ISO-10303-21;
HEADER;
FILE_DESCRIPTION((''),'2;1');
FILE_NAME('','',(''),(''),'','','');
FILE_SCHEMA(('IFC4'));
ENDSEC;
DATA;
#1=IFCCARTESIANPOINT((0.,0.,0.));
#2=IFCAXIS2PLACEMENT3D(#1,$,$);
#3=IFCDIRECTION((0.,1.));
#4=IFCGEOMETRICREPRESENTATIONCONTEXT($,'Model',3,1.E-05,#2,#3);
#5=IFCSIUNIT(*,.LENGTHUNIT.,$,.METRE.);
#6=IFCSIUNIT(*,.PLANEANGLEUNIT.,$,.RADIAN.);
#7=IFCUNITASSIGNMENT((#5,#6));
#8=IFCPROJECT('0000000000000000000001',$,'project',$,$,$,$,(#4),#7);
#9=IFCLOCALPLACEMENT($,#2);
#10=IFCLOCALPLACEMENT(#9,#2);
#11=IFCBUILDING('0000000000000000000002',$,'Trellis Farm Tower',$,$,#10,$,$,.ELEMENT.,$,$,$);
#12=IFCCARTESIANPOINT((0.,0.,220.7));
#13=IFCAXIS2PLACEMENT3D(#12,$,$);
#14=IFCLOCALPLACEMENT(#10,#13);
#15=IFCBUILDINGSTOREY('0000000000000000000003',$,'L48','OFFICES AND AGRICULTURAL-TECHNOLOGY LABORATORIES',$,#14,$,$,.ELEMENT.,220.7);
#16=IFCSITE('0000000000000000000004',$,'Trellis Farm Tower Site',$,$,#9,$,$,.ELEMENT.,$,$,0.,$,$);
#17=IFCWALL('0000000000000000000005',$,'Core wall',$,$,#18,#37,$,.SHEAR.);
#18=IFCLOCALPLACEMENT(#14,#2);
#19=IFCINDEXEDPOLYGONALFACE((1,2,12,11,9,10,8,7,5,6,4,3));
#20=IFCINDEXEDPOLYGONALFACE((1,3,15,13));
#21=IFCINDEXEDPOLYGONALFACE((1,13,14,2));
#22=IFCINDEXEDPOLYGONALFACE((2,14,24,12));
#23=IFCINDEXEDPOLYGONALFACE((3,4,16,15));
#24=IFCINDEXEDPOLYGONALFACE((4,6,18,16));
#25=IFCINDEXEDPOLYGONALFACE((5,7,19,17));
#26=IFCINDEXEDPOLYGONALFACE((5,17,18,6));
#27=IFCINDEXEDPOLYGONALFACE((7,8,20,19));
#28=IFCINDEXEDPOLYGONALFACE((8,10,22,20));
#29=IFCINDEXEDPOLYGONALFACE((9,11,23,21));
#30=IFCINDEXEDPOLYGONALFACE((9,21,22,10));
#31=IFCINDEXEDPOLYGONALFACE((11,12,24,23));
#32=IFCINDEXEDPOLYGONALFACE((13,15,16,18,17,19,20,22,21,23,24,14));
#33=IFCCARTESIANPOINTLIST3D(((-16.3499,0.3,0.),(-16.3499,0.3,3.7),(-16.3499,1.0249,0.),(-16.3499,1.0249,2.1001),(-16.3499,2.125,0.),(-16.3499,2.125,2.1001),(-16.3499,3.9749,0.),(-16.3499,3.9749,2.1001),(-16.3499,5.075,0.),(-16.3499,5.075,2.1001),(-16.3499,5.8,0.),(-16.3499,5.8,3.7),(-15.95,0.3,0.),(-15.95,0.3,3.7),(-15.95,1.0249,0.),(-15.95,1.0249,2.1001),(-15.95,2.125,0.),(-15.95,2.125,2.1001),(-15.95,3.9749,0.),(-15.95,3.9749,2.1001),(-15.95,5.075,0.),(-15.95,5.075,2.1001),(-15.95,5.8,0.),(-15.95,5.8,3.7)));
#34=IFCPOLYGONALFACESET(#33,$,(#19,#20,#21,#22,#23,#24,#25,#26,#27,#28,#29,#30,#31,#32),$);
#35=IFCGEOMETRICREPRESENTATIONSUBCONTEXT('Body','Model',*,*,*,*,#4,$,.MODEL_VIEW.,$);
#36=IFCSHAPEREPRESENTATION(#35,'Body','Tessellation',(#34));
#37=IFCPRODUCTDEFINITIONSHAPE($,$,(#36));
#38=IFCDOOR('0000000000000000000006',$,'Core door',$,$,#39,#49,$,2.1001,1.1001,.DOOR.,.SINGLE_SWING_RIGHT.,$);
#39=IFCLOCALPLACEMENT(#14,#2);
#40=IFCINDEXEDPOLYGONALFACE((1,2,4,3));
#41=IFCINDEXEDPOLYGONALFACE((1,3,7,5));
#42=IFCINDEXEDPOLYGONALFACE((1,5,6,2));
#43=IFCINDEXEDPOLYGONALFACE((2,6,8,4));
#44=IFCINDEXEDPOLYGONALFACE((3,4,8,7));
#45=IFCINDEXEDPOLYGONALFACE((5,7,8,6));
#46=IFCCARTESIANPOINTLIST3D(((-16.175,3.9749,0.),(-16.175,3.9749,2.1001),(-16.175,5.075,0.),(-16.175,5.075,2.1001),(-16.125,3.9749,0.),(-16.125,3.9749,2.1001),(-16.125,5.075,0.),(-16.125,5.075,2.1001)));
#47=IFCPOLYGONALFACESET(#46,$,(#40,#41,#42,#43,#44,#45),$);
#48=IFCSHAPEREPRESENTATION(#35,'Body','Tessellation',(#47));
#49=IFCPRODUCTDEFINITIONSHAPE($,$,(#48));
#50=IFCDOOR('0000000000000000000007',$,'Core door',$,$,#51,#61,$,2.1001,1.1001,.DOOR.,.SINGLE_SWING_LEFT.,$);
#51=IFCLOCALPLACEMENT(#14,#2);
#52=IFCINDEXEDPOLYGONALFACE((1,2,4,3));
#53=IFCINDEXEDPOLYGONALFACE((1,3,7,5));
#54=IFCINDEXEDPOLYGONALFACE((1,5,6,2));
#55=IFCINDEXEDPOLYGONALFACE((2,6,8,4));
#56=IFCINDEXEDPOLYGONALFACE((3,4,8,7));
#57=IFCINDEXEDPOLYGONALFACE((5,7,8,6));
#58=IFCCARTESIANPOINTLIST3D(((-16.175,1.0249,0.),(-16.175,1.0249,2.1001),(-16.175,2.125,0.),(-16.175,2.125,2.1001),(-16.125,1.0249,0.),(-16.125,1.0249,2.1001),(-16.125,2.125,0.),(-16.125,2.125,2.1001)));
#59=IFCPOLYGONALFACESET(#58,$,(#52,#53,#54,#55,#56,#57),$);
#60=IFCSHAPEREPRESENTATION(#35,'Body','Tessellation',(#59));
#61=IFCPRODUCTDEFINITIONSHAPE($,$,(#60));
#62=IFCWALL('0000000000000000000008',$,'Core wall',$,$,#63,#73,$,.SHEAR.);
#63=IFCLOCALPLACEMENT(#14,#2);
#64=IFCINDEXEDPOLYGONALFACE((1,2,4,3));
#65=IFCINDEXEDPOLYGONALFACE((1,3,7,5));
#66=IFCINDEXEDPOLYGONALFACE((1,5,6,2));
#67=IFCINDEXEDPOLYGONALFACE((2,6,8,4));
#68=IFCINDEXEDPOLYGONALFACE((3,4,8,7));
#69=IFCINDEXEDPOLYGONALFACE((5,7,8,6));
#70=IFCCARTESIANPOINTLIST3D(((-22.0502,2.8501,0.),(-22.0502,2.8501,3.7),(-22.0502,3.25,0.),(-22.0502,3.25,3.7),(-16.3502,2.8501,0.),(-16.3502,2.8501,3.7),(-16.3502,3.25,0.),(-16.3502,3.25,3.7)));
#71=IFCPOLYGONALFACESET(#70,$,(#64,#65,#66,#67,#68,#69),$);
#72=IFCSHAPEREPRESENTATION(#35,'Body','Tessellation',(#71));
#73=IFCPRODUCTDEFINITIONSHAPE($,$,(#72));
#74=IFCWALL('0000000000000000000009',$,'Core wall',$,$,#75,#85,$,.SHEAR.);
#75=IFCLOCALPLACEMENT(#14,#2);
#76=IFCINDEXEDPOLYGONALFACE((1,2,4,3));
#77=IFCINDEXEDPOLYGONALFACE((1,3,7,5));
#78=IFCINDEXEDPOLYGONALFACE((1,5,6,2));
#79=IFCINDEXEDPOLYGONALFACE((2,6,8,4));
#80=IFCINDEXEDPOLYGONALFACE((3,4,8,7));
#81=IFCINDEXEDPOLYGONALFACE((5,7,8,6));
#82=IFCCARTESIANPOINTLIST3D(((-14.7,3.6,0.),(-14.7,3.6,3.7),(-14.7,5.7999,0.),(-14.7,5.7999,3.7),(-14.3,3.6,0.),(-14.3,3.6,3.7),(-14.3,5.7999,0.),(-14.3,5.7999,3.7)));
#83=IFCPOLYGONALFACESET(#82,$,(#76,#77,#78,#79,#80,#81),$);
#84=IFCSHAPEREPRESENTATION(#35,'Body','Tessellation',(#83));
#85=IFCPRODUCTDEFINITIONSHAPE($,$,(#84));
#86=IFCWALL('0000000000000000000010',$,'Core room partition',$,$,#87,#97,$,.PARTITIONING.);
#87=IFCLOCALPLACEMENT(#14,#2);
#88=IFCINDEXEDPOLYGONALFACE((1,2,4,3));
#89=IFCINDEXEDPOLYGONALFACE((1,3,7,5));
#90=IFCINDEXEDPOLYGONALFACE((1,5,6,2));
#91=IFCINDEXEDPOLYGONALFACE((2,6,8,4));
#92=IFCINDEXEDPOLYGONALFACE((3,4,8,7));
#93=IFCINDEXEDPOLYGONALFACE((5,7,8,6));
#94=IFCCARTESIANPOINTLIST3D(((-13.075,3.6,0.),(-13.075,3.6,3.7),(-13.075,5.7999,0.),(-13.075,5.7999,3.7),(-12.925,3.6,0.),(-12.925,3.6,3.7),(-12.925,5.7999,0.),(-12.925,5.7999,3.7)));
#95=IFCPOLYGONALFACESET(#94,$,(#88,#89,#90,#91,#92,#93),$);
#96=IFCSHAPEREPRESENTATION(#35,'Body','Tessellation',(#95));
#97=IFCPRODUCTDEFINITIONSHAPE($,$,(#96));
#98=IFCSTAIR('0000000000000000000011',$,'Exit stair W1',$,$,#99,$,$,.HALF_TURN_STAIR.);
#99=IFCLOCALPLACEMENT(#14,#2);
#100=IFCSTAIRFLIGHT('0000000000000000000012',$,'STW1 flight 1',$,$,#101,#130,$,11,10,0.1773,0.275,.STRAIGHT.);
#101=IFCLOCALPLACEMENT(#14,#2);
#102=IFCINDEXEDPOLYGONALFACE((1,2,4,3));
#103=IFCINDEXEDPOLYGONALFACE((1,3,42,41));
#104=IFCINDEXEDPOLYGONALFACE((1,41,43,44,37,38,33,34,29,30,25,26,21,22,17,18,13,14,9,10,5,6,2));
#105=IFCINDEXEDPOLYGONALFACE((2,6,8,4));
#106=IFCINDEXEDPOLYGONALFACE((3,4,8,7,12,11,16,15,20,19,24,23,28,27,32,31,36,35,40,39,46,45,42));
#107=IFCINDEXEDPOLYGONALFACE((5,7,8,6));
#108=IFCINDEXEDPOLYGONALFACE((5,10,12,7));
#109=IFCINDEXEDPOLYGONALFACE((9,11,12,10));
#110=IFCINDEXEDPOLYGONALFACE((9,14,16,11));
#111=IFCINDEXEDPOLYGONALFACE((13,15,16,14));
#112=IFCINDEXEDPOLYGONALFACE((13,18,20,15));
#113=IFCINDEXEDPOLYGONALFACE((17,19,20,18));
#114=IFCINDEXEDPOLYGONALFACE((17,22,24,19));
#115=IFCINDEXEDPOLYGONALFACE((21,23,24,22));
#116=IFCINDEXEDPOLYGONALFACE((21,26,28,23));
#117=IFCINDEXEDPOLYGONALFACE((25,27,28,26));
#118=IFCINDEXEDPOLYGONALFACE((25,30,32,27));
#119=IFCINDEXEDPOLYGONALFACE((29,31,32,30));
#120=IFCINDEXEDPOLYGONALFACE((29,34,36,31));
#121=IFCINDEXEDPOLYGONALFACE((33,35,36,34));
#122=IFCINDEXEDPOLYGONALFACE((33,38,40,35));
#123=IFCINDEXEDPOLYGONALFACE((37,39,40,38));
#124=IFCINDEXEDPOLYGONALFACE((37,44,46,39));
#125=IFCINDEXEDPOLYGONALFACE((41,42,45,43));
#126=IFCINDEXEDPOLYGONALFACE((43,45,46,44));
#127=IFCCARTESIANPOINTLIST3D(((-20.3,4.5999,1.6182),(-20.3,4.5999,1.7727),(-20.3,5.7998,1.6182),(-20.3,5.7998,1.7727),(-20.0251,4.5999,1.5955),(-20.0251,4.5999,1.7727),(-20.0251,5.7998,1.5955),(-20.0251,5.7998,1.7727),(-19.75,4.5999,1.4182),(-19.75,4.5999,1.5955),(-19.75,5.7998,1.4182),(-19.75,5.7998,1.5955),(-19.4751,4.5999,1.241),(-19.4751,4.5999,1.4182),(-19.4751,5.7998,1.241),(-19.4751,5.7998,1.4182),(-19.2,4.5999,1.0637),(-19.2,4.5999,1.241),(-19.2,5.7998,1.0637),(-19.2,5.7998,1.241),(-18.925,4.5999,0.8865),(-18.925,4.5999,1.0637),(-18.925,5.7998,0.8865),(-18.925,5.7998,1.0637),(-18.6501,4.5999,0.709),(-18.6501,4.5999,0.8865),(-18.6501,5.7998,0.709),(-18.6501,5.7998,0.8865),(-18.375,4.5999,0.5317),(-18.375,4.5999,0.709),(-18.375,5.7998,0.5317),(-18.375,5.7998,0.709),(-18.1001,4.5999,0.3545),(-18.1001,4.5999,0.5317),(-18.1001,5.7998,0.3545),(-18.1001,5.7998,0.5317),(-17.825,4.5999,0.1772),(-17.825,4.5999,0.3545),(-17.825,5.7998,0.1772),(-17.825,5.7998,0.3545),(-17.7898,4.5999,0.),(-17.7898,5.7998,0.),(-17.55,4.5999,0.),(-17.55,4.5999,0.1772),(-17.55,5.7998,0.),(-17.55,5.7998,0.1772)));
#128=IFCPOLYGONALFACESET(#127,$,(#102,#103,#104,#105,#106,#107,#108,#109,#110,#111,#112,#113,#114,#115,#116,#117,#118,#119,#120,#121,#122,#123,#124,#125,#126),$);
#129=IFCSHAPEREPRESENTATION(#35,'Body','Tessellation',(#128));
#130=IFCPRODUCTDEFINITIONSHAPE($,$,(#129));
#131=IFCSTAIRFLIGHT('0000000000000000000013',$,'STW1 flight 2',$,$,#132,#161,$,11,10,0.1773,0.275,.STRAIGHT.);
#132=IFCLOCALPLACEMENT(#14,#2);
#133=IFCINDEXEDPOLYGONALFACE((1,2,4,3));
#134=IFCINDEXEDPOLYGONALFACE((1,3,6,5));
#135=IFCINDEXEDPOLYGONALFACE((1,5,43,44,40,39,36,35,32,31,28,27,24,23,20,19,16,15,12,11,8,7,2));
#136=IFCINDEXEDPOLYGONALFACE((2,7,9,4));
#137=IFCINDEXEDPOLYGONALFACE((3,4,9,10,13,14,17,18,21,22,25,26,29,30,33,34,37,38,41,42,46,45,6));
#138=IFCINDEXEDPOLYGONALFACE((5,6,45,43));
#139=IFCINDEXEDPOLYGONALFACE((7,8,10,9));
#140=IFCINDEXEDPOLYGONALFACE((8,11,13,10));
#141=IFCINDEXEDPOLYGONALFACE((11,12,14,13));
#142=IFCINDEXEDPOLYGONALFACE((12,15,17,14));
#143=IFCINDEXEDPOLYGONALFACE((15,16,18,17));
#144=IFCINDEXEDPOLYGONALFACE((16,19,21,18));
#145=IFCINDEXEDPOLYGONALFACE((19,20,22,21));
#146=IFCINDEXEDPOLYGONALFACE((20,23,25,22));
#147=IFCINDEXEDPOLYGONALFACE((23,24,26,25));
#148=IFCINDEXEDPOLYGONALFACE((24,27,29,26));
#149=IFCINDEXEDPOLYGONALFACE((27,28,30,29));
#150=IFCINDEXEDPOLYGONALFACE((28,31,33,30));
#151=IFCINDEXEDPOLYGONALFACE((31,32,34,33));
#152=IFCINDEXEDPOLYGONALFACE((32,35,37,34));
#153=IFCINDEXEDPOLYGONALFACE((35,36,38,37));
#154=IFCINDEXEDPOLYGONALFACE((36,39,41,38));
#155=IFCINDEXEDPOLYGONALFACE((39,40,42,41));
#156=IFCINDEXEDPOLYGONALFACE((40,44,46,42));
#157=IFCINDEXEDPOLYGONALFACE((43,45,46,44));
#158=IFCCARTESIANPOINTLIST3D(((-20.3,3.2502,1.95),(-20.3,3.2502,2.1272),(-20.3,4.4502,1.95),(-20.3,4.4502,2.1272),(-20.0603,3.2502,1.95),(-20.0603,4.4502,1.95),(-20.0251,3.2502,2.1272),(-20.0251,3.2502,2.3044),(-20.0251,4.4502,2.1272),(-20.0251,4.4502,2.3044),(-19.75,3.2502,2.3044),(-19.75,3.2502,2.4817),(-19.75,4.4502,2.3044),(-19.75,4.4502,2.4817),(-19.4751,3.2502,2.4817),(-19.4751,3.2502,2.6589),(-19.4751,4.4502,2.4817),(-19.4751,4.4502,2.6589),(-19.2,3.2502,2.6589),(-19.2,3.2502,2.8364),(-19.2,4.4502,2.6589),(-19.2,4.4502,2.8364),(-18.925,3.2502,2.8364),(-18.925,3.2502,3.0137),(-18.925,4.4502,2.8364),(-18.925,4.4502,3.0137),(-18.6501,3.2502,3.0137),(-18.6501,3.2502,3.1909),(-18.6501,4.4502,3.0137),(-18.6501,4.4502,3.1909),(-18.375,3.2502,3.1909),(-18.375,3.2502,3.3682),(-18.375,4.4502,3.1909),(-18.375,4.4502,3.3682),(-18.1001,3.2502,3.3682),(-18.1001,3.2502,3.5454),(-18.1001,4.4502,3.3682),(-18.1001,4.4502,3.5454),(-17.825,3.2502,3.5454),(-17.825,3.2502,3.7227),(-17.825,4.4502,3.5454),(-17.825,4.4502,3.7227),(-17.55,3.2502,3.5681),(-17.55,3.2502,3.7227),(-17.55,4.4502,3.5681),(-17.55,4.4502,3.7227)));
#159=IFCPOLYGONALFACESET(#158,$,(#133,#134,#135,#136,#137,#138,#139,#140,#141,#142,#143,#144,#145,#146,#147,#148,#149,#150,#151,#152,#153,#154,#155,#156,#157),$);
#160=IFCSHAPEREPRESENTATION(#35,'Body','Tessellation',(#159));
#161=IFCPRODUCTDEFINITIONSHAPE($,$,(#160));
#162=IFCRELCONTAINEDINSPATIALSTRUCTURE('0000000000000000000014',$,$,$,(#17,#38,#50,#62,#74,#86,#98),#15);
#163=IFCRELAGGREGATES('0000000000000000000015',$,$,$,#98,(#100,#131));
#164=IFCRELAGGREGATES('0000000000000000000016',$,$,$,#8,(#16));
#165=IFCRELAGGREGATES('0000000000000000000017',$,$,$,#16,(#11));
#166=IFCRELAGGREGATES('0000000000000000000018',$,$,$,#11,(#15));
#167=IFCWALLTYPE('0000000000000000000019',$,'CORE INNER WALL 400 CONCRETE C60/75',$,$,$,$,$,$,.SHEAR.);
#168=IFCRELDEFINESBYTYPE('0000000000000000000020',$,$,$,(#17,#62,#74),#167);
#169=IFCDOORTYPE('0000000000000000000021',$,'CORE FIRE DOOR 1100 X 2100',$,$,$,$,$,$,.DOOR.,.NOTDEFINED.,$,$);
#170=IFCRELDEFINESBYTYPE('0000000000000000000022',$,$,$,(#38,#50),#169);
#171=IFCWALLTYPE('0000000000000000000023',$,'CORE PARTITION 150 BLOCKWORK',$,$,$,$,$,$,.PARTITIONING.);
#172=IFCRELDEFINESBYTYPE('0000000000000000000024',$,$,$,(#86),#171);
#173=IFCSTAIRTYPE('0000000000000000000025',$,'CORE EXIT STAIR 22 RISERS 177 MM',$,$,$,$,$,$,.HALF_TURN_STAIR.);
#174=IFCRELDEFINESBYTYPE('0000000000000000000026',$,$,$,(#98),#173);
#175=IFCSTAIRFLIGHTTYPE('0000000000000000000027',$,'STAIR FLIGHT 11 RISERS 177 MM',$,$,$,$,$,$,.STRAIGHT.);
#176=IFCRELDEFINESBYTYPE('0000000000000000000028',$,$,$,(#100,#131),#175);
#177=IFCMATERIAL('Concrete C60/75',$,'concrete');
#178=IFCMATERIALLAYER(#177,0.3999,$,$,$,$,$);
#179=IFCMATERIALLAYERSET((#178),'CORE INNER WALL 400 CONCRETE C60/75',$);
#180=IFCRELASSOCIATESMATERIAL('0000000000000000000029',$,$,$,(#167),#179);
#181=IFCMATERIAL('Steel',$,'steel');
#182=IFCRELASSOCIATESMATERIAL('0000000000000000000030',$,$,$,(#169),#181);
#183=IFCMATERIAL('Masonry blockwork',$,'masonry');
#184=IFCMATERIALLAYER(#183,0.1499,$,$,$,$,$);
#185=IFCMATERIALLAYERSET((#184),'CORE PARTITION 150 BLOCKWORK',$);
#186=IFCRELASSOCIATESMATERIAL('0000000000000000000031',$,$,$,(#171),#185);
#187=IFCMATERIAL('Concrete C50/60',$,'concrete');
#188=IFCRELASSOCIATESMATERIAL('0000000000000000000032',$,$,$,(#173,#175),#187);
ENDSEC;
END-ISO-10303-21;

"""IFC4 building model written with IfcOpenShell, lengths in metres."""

from ifc_helpers import new_model, si_unit, direction, frame, frame_2d, origin, place, context, subcontext, project, spatial, polyline, rectangle, outline, extrude, source, transform, mapped, material, layer, layer_set, type_object, element, fill, aggregate, save


model = new_model("IFC4")

# Units and contexts
model_context = context("Model", 3, precision=1e-05, world=origin(), true_north=direction((0.0, 1.0)))
body_context = subcontext(model_context, "Body", "Model", "MODEL_VIEW")
ifc_project = project(units=[si_unit("LENGTHUNIT", "METRE"), si_unit("PLANEANGLEUNIT", "RADIAN")], contexts=[model_context])

# Site, building, storey
site_placement = place(None, origin())
site = spatial("IfcSite", under=ifc_project, at=site_placement, Name="Trellis Farm Tower Site", CompositionType="ELEMENT", RefElevation=0.0)
building_placement = place(site_placement, origin())
building = spatial("IfcBuilding", under=site, at=building_placement, Name="Trellis Farm Tower", CompositionType="ELEMENT")
storey_placement = place(building_placement, frame((0.0, 0.0, 220.7)))
storey = spatial("IfcBuildingStorey", under=building, at=storey_placement, Name="L48", Description="OFFICES AND AGRICULTURAL-TECHNOLOGY LABORATORIES", CompositionType="ELEMENT", Elevation=220.7)

# Shared definitions
ifc_material_1 = material(Name="Concrete C60/75", Category="concrete")

# Shared definitions
placement = place(storey_placement, origin())

# Shared definitions
ifc_layer_1 = layer(ifc_material_1, 0.3999)
ifc_layer_set_1 = layer_set([ifc_layer_1], Name="CORE INNER WALL 400 CONCRETE C60/75")
wall_type_1 = type_object("IfcWallType", Name="CORE INNER WALL 400 CONCRETE C60/75", PredefinedType="SHEAR", material=ifc_layer_set_1)
ifc_material_2 = material(Name="Steel", Category="steel")

# Wall, openings, doors
shared_shape_1 = source(origin(), body_context, "Body", "SweptSolid", [
    extrude(rectangle(XDim=5.5, YDim=0.3999, at=frame_2d((2.75, 0.0))), origin(), (0.0, 0.0, 1.0), 3.7),
])
wall_1_placement = place(storey_placement, frame((-16.1499, 5.8, 0.0), z_axis=(0.0, 0.0, 1.0), x_axis=(0.0, -1.0, 0.0)))
wall_1 = element("IfcWall", 1, at=wall_1_placement, inside=storey, type_object=wall_type_1, Name="Core wall", PredefinedType="SHEAR", context=body_context, shape_type="MappedRepresentation", body=[
    mapped(shared_shape_1, transform((0.0, 0.0, 0.0))),
])
shared_shape_2 = source(origin(), body_context, "Body", "SweptSolid", [
    extrude(rectangle(XDim=1.1001, YDim=2.1001, at=frame_2d((0.55, 1.05))), frame((0.0, 0.21, 0.0), z_axis=(0.0, -1.0, 0.0), x_axis=(1.0, 0.0, 0.0)), (0.0, 0.0, 1.0), 0.4199),
])
opening_1_placement = place(wall_1_placement, frame((0.7251, 0.0, 0.0)))
opening_1 = element("IfcOpeningElement", 2, at=opening_1_placement, cuts=wall_1, PredefinedType="OPENING", context=body_context, shape_type="MappedRepresentation", body=[
    mapped(shared_shape_2, transform((0.0, 0.0, 0.0))),
])
opening_2_placement = place(wall_1_placement, frame((3.675, 0.0, 0.0)))
opening_2 = element("IfcOpeningElement", 3, at=opening_2_placement, cuts=wall_1, PredefinedType="OPENING", context=body_context, shape_type="MappedRepresentation", body=[
    mapped(shared_shape_2, transform((0.0, 0.0, 0.0))),
])
door_type_1 = type_object("IfcDoorType", Name="CORE FIRE DOOR 1100 X 2100", OperationType="NOTDEFINED", PredefinedType="DOOR", material=ifc_material_2)
shared_shape_3 = source(origin(), body_context, "Body", "SweptSolid", [
    extrude(rectangle(XDim=1.1001, YDim=2.1001, at=frame_2d((0.55, 1.05))), frame((0.0, 0.0249, 0.0), z_axis=(0.0, -1.0, 0.0), x_axis=(1.0, 0.0, 0.0)), (0.0, 0.0, 1.0), 0.05),
])
door_1_placement = place(opening_1_placement, origin())
door_1 = element("IfcDoor", 4, at=door_1_placement, inside=storey, type_object=door_type_1, Name="Core door", OperationType="SINGLE_SWING_RIGHT", OverallHeight=2.1001, OverallWidth=1.1001, PredefinedType="DOOR", context=body_context, shape_type="MappedRepresentation", body=[
    mapped(shared_shape_3, transform((0.0, 0.0, 0.0))),
])
fill(opening_1, door_1)
door_2_placement = place(opening_2_placement, origin())
door_2 = element("IfcDoor", 5, at=door_2_placement, inside=storey, type_object=door_type_1, Name="Core door", OperationType="SINGLE_SWING_LEFT", OverallHeight=2.1001, OverallWidth=1.1001, PredefinedType="DOOR", context=body_context, shape_type="MappedRepresentation", body=[
    mapped(shared_shape_3, transform((0.0, 0.0, 0.0))),
])
fill(opening_2, door_2)

# Walls
shared_shape_4 = source(origin(), body_context, "Body", "SweptSolid", [
    extrude(rectangle(XDim=5.7, YDim=0.3999, at=frame_2d((2.8501, 0.0))), origin(), (0.0, 0.0, 1.0), 3.7),
])
wall_2_placement = place(storey_placement, frame((-16.3501, 3.05, 0.0), z_axis=(0.0, 0.0, 1.0), x_axis=(-1.0, 0.0, 0.0)))
element("IfcWall", 6, at=wall_2_placement, inside=storey, type_object=wall_type_1, Name="Core wall", PredefinedType="SHEAR", context=body_context, shape_type="MappedRepresentation", body=[
    mapped(shared_shape_4, transform((0.0, 0.0, 0.0))),
])
shared_shape_5 = source(origin(), body_context, "Body", "SweptSolid", [
    extrude(rectangle(XDim=2.2, YDim=0.3999, at=frame_2d((1.1001, 0.0))), origin(), (0.0, 0.0, 1.0), 3.7),
])
wall_3_placement = place(storey_placement, frame((-14.5, 5.8, 0.0), z_axis=(0.0, 0.0, 1.0), x_axis=(0.0, -1.0, 0.0)))
element("IfcWall", 7, at=wall_3_placement, inside=storey, type_object=wall_type_1, Name="Core wall", PredefinedType="SHEAR", context=body_context, shape_type="MappedRepresentation", body=[
    mapped(shared_shape_5, transform((0.0, 0.0, 0.0))),
])
ifc_material_3 = material(Name="Masonry blockwork", Category="masonry")
ifc_layer_2 = layer(ifc_material_3, 0.1499)
ifc_layer_set_2 = layer_set([ifc_layer_2], Name="CORE PARTITION 150 BLOCKWORK")
wall_type_2 = type_object("IfcWallType", Name="CORE PARTITION 150 BLOCKWORK", PredefinedType="PARTITIONING", material=ifc_layer_set_2)
shared_shape_6 = source(origin(), body_context, "Body", "SweptSolid", [
    extrude(rectangle(XDim=2.2, YDim=0.1499, at=frame_2d((1.1001, 0.0))), origin(), (0.0, 0.0, 1.0), 3.7),
])
wall_4_placement = place(storey_placement, frame((-13.0, 5.8, 0.0), z_axis=(0.0, 0.0, 1.0), x_axis=(0.0, -1.0, 0.0)))
element("IfcWall", 8, at=wall_4_placement, inside=storey, type_object=wall_type_2, Name="Core room partition", PredefinedType="PARTITIONING", context=body_context, shape_type="MappedRepresentation", body=[
    mapped(shared_shape_6, transform((0.0, 0.0, 0.0))),
])

# Stair, stair flights
ifc_material_4 = material(Name="Concrete C50/60", Category="concrete")
stair_type = type_object("IfcStairType", Name="CORE EXIT STAIR 22 RISERS 177 MM", PredefinedType="HALF_TURN_STAIR", material=ifc_material_4)
stair_1 = element("IfcStair", 9, at=placement, inside=storey, type_object=stair_type, Name="Exit stair W1", PredefinedType="HALF_TURN_STAIR")
stair_flight_type = type_object("IfcStairFlightType", Name="STAIR FLIGHT 11 RISERS 177 MM", PredefinedType="STRAIGHT", material=ifc_material_4)
shared_shape_7 = source(origin(), body_context, "Body", "SweptSolid", [
    extrude(outline(polyline([(0.0, 0.0), (0.0, 0.1772), (0.2749, 0.1772), (0.2749, 0.3545), (0.55, 0.3545), (0.55, 0.5317), (0.825, 0.5317), (0.825, 0.709), (1.1001, 0.709), (1.1001, 0.8865), (1.375, 0.8865), (1.375, 1.0637), (1.6499, 1.0637), (1.6499, 1.241), (1.925, 1.241), (1.925, 1.4182), (2.2, 1.4182), (2.2, 1.5955), (2.4751, 1.5955), (2.4751, 1.7727), (2.75, 1.7727), (2.75, 1.95), (2.75, 1.6182), (0.2397, 0.0), (0.0, 0.0)])), frame((0.0, 0.6001, 0.0), z_axis=(0.0, -1.0, 0.0), x_axis=(1.0, 0.0, 0.0)), (0.0, 0.0, 1.0), 1.2),
])
stair_flight_1_placement = place(storey_placement, frame((-17.55, 5.2, 0.0), z_axis=(0.0, 0.0, 1.0), x_axis=(-1.0, 0.0, 0.0)))
stair_flight_1 = element("IfcStairFlight", 10, at=stair_flight_1_placement, type_object=stair_flight_type, Name="STW1 flight 1", NumberOfRisers=11, NumberOfTreads=10, PredefinedType="STRAIGHT", RiserHeight=0.1773, TreadLength=0.275, context=body_context, shape_type="MappedRepresentation", body=[
    mapped(shared_shape_7, transform((0.0, 0.0, 0.0))),
])
stair_flight_2_placement = place(storey_placement, frame((-20.3, 3.8501, 1.95), z_axis=(0.0, 0.0, 1.0), x_axis=(1.0, 0.0, 0.0)))
stair_flight_2 = element("IfcStairFlight", 11, at=stair_flight_2_placement, type_object=stair_flight_type, Name="STW1 flight 2", NumberOfRisers=11, NumberOfTreads=10, PredefinedType="STRAIGHT", RiserHeight=0.1773, TreadLength=0.275, context=body_context, shape_type="MappedRepresentation", body=[
    mapped(shared_shape_7, transform((0.0, 0.0, 0.0))),
])
aggregate(stair_1, [stair_flight_1, stair_flight_2])

save(model, "model.ifc")
